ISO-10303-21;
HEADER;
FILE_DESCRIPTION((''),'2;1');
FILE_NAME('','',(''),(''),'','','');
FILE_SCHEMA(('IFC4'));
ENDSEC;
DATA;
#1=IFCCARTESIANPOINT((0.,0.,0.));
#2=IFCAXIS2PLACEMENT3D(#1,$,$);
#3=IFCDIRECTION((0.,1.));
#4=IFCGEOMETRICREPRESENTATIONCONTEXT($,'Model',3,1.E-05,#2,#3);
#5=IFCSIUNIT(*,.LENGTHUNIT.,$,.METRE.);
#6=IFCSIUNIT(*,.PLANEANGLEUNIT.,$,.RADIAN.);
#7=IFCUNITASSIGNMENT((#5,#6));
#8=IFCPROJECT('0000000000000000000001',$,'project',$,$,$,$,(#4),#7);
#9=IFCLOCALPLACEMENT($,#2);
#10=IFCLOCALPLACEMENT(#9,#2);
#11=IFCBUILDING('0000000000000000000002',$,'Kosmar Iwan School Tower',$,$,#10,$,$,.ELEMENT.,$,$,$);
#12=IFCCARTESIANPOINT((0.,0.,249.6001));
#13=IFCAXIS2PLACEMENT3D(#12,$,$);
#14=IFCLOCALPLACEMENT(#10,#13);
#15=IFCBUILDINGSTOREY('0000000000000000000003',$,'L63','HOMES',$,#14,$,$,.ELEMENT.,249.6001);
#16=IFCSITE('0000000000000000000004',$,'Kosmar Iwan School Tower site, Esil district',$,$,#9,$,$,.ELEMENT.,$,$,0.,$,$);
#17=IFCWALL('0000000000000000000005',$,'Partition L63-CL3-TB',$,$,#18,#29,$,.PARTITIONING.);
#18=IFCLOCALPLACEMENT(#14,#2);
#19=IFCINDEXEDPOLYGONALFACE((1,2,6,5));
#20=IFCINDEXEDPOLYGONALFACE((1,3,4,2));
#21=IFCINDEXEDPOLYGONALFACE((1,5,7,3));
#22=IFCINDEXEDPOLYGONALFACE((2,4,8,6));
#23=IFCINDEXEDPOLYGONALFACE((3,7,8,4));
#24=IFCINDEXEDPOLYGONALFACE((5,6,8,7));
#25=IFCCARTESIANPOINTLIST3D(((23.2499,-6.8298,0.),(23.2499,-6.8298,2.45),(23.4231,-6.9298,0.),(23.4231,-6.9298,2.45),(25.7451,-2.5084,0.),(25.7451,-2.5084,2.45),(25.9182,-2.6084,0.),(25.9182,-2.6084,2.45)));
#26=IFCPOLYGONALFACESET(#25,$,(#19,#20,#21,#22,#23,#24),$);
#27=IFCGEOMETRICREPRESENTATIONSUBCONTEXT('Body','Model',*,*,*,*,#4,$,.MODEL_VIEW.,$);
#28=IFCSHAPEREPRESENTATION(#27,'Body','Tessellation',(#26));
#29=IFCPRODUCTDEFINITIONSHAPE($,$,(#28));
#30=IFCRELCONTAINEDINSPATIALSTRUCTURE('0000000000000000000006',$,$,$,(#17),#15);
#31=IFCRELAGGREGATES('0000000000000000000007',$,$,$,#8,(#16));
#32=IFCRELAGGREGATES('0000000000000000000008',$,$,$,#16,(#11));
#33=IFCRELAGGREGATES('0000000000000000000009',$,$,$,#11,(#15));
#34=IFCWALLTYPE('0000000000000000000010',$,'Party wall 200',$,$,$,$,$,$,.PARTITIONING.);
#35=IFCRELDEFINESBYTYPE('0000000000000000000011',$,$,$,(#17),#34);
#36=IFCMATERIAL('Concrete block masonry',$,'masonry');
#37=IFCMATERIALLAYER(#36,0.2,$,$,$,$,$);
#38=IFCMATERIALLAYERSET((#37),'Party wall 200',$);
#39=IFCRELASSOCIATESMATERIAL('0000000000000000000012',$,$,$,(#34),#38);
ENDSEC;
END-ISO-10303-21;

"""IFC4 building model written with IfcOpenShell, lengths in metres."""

from ifc_helpers import new_model, si_unit, direction, frame, frame_2d, origin, place, context, subcontext, project, spatial, rectangle, extrude, material, layer, layer_set, type_object, element, save


model = new_model("IFC4")

# Units and contexts
model_context = context("Model", 3, precision=1e-05, world=origin(), true_north=direction((0.0, 1.0)))
body_context = subcontext(model_context, "Body", "Model", "MODEL_VIEW")
ifc_project = project(units=[si_unit("LENGTHUNIT", "METRE"), si_unit("PLANEANGLEUNIT", "RADIAN")], contexts=[model_context])

# Site, building, storey
site_placement = place(None, origin())
site = spatial("IfcSite", under=ifc_project, at=site_placement, Name="Kosmar Iwan School Tower site, Esil district", CompositionType="ELEMENT", RefElevation=0.0)
building_placement = place(site_placement, origin())
building = spatial("IfcBuilding", under=site, at=building_placement, Name="Kosmar Iwan School Tower", CompositionType="ELEMENT")
storey_placement = place(building_placement, frame((0.0, 0.0, 249.6001)))
storey = spatial("IfcBuildingStorey", under=building, at=storey_placement, Name="L63", Description="HOMES", CompositionType="ELEMENT", Elevation=249.6001)

# Wall
ifc_material_1 = material(Name="Concrete block masonry", Category="masonry")
ifc_layer_1 = layer(ifc_material_1, 0.2)
ifc_layer_set_1 = layer_set([ifc_layer_1], Name="Party wall 200")
wall_type_1 = type_object("IfcWallType", Name="Party wall 200", PredefinedType="PARTITIONING", material=ifc_layer_set_1)
wall_1_placement = place(storey_placement, frame((23.3364, -6.8799, 0.0), z_axis=(0.0, 0.0, 1.0), x_axis=(0.500033, 0.866006, 0.0)))
element("IfcWall", 1, at=wall_1_placement, inside=storey, type_object=wall_type_1, Name="Partition L63-CL3-TB", PredefinedType="PARTITIONING", context=body_context, shape_type="SweptSolid", body=[
    extrude(rectangle(XDim=4.99, YDim=0.2, at=frame_2d((2.4951, 0.0))), origin(), (0.0, 0.0, 1.0), 2.45),
])

save(model, "model.ifc")
